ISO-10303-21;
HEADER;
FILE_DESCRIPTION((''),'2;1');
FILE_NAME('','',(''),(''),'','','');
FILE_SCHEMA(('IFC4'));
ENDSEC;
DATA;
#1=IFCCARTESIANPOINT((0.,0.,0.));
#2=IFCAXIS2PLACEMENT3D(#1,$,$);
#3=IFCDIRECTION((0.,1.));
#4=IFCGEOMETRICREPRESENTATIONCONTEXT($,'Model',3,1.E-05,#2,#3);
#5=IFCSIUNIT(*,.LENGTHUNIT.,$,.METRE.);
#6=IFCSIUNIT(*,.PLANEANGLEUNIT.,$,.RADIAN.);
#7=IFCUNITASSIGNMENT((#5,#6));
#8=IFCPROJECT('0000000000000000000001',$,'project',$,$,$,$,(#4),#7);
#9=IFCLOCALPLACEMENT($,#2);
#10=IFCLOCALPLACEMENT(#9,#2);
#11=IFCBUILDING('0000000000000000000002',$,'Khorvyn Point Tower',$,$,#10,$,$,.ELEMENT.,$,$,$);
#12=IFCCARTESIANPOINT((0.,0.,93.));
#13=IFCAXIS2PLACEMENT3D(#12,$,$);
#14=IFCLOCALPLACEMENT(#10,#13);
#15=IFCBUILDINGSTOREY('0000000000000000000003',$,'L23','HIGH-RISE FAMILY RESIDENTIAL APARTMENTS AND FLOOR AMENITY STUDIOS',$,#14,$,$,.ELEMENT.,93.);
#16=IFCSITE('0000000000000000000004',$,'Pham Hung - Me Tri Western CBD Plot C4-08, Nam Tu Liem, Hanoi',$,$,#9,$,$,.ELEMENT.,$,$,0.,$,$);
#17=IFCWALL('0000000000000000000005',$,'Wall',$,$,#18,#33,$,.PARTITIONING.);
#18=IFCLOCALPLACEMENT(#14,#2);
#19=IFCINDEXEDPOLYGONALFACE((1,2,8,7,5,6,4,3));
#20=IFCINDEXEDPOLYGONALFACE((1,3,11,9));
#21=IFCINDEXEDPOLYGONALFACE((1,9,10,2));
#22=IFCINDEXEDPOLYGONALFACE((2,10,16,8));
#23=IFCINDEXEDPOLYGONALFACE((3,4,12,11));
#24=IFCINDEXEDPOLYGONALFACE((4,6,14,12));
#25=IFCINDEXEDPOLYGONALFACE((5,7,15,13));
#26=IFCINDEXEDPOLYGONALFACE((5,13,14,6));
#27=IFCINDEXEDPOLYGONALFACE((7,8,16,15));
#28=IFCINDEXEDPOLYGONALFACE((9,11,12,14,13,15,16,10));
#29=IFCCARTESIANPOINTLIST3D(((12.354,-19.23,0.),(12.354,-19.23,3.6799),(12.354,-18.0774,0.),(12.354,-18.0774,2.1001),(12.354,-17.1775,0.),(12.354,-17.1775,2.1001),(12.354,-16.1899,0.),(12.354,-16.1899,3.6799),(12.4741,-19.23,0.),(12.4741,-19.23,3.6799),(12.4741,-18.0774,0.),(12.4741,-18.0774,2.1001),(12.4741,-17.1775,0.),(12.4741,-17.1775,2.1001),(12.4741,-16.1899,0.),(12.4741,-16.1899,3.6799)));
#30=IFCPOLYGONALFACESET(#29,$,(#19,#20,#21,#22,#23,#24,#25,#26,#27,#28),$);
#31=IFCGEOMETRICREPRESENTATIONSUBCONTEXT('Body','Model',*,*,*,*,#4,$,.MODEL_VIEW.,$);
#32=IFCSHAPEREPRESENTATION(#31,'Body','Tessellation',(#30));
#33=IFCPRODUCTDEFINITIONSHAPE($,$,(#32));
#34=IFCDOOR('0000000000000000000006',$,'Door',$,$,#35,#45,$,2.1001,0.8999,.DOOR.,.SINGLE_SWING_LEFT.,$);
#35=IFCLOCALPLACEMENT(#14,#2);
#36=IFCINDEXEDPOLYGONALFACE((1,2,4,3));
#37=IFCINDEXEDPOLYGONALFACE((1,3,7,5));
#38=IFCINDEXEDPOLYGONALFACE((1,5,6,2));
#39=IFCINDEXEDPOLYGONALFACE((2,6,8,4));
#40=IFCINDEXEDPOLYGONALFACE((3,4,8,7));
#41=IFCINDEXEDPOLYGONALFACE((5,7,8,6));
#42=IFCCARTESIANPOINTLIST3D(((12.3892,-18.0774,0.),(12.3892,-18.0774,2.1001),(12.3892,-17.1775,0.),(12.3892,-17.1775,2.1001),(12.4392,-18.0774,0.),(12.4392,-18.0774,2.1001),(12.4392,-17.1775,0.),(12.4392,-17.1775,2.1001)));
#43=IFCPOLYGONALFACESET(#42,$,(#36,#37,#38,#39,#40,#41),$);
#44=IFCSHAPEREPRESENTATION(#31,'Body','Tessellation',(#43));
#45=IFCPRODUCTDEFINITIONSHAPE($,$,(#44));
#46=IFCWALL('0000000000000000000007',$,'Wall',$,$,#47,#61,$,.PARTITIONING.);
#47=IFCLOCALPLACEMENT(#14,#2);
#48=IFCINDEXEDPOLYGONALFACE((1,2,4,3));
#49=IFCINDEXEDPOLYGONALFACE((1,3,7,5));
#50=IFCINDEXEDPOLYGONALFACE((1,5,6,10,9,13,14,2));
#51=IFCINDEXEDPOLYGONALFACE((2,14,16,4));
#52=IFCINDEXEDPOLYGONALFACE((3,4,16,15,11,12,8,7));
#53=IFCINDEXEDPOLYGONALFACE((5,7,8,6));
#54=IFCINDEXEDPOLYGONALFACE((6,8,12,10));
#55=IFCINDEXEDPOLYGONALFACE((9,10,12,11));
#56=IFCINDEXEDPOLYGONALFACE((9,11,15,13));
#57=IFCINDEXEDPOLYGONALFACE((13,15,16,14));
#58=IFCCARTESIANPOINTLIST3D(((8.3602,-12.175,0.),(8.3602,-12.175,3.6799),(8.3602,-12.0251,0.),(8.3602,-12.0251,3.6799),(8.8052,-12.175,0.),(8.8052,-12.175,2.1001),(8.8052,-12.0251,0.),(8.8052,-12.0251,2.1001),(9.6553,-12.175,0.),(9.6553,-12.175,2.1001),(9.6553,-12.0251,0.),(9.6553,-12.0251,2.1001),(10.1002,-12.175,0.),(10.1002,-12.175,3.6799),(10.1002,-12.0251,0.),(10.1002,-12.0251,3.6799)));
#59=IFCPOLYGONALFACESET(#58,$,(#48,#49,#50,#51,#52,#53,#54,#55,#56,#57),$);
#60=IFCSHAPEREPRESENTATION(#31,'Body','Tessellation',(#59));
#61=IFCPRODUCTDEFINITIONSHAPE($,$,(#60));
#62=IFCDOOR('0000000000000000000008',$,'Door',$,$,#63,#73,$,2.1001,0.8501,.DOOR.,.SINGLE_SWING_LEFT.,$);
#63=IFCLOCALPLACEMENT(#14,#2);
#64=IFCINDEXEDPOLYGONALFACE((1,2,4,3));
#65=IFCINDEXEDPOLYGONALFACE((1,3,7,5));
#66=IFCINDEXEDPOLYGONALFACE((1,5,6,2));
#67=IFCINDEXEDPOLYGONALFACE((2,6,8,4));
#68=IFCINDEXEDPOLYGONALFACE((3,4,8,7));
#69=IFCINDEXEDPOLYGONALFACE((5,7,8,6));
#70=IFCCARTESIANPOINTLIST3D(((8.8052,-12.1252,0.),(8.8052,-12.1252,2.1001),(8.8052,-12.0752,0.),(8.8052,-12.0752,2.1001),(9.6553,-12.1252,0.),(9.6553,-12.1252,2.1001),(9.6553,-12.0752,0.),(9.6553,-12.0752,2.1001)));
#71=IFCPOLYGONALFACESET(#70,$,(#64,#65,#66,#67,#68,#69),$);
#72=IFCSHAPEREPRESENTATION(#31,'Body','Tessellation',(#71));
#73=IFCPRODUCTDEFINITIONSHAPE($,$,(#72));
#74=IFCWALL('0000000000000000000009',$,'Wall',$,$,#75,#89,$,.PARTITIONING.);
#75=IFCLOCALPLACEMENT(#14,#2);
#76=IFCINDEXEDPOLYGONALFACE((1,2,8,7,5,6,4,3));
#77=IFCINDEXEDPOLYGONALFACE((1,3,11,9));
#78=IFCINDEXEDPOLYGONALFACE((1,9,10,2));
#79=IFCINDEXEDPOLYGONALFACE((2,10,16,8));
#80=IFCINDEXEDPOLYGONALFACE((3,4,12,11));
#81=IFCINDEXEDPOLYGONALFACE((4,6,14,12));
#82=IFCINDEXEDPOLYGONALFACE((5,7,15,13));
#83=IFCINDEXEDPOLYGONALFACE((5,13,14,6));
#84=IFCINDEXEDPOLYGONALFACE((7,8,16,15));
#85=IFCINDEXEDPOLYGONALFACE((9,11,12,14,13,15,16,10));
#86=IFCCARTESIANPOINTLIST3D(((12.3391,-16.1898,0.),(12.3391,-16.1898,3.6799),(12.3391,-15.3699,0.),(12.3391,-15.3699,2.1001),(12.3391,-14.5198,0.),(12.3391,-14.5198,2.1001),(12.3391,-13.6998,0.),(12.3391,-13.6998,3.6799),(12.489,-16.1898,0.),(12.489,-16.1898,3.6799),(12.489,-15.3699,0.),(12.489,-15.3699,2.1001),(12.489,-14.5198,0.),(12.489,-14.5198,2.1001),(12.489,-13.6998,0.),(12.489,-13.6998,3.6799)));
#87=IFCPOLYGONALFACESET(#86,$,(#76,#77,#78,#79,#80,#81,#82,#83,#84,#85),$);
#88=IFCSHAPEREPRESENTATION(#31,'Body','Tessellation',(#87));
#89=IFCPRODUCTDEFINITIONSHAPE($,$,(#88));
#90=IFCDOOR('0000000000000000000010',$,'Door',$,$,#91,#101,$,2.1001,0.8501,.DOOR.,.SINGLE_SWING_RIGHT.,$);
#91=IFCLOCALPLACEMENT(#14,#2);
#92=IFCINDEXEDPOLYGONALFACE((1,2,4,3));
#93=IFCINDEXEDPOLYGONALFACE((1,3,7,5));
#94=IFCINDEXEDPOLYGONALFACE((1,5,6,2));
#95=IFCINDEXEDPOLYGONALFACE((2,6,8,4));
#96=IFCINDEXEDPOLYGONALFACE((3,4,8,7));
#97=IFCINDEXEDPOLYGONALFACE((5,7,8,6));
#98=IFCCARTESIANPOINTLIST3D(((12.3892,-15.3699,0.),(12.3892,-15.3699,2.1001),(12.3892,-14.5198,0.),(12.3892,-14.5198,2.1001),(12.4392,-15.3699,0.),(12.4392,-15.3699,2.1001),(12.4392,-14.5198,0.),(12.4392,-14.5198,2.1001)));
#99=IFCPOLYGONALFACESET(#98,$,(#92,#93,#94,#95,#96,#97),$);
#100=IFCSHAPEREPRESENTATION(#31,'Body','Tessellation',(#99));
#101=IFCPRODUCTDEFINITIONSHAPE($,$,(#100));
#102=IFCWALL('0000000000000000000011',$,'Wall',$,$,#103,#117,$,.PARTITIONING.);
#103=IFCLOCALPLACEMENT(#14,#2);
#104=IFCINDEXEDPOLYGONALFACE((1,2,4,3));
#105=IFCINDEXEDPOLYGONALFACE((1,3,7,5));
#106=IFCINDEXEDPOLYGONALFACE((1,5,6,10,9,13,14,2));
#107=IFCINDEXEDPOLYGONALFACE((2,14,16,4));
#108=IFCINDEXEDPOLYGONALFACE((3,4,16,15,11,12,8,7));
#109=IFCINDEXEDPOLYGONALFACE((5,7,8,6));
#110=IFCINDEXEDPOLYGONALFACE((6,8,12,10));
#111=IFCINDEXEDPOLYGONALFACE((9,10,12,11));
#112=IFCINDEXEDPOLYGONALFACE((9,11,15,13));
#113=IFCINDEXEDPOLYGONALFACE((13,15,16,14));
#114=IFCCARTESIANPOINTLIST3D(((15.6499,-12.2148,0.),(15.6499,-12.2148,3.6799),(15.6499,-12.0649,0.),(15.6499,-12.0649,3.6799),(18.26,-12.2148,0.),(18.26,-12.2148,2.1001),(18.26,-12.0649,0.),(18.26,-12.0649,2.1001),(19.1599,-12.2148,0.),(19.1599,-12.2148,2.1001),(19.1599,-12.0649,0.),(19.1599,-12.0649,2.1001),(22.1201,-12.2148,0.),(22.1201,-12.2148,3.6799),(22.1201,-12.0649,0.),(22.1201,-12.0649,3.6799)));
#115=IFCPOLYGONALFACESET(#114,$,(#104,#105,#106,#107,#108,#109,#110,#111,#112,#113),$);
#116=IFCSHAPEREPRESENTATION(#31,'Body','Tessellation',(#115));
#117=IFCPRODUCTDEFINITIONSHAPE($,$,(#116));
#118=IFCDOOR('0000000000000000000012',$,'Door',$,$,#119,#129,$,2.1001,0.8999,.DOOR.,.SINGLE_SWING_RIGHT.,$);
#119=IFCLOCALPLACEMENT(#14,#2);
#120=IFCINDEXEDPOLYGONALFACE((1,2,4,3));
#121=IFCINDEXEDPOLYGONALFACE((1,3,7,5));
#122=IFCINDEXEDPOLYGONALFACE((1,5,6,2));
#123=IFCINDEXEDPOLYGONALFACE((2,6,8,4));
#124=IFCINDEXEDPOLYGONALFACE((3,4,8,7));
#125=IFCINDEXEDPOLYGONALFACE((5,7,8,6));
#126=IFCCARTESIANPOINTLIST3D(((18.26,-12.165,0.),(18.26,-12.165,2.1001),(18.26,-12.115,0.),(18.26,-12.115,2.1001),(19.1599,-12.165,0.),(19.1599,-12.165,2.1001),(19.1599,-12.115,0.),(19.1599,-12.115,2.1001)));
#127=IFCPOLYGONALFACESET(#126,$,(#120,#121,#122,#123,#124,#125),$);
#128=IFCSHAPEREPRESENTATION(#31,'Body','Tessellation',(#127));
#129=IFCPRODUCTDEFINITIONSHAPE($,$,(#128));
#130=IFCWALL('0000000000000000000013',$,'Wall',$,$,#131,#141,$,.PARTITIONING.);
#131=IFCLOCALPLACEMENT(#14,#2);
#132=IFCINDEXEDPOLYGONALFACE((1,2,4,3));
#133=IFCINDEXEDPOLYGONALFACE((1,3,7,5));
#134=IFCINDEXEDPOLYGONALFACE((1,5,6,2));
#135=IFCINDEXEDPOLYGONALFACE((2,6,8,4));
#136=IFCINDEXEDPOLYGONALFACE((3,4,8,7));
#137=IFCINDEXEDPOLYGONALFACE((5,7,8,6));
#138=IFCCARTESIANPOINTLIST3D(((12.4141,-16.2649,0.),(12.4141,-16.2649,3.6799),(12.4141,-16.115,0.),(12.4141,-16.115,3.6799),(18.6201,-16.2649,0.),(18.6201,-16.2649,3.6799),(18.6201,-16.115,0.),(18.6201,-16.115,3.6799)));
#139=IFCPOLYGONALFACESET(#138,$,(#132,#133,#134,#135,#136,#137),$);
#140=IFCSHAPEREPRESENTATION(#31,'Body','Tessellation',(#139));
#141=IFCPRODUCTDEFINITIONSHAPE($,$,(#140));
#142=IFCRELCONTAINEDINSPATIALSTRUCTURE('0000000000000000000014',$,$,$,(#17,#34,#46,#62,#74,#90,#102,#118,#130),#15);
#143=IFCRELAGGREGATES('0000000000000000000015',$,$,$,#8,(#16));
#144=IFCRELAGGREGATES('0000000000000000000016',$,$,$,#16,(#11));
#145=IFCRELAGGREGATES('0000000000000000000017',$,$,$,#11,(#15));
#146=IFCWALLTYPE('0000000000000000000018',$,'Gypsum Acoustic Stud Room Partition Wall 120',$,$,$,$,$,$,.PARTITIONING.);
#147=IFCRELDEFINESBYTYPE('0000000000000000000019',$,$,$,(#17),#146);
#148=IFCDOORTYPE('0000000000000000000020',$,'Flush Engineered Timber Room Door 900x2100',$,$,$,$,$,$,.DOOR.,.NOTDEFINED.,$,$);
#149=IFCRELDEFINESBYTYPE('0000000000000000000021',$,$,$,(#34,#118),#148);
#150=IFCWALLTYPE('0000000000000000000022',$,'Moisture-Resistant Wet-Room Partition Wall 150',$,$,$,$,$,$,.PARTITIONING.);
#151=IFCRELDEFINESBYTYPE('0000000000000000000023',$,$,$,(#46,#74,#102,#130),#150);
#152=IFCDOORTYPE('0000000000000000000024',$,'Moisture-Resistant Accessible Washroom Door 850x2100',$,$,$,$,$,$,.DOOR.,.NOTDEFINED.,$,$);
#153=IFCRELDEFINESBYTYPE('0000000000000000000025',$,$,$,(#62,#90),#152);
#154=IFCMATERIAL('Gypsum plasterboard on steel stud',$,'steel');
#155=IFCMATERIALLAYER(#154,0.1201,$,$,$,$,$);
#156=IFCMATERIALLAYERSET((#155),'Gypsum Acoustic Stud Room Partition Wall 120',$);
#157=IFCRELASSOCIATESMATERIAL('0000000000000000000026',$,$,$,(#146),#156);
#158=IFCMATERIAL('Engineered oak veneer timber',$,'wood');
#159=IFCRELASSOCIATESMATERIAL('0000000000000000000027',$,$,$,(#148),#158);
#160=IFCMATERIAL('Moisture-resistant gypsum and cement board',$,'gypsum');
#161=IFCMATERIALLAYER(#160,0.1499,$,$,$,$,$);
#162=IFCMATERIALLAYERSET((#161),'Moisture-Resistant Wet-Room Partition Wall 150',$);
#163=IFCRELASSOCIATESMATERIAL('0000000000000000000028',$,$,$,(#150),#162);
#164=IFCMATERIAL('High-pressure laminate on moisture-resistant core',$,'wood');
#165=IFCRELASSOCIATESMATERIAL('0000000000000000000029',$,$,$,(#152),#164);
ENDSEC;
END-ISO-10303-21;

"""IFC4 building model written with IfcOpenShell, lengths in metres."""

from ifc_helpers import new_model, si_unit, direction, frame, frame_2d, origin, place, context, subcontext, project, spatial, rectangle, extrude, material, layer, layer_set, type_object, element, fill, save


model = new_model("IFC4")

# Units and contexts
model_context = context("Model", 3, precision=1e-05, world=origin(), true_north=direction((0.0, 1.0)))
body_context = subcontext(model_context, "Body", "Model", "MODEL_VIEW")
ifc_project = project(units=[si_unit("LENGTHUNIT", "METRE"), si_unit("PLANEANGLEUNIT", "RADIAN")], contexts=[model_context])

# Site, building, storey
site_placement = place(None, origin())
site = spatial("IfcSite", under=ifc_project, at=site_placement, Name="Pham Hung - Me Tri Western CBD Plot C4-08, Nam Tu Liem, Hanoi", CompositionType="ELEMENT", RefElevation=0.0)
building_placement = place(site_placement, origin())
building = spatial("IfcBuilding", under=site, at=building_placement, Name="Khorvyn Point Tower", CompositionType="ELEMENT")
storey_placement = place(building_placement, frame((0.0, 0.0, 93.0)))
storey = spatial("IfcBuildingStorey", under=building, at=storey_placement, Name="L23", Description="HIGH-RISE FAMILY RESIDENTIAL APARTMENTS AND FLOOR AMENITY STUDIOS", CompositionType="ELEMENT", Elevation=93.0)

# Walls, openings, doors
ifc_material_1 = material(Name="Gypsum plasterboard on steel stud", Category="steel")
ifc_layer_1 = layer(ifc_material_1, 0.1201)
ifc_layer_set_1 = layer_set([ifc_layer_1], Name="Gypsum Acoustic Stud Room Partition Wall 120")
wall_type_1 = type_object("IfcWallType", Name="Gypsum Acoustic Stud Room Partition Wall 120", PredefinedType="PARTITIONING", material=ifc_layer_set_1)
wall_1_placement = place(storey_placement, frame((12.4141, -19.23, 0.0), z_axis=(0.0, 0.0, 1.0), x_axis=(0.0, 1.0, 0.0)))
wall_1 = element("IfcWall", 1, at=wall_1_placement, inside=storey, type_object=wall_type_1, Name="Wall", PredefinedType="PARTITIONING", context=body_context, shape_type="SweptSolid", body=[
    extrude(rectangle(XDim=3.04, YDim=0.1201, at=frame_2d((1.52, 0.0))), origin(), (0.0, 0.0, 1.0), 3.6799),
])
opening_1_placement = place(wall_1_placement, frame((1.1526, 0.0, 0.0)))
opening_1 = element("IfcOpeningElement", 2, at=opening_1_placement, cuts=wall_1, PredefinedType="OPENING", context=body_context, shape_type="SweptSolid", body=[
    extrude(rectangle(XDim=0.8999, YDim=2.1001, at=frame_2d((0.45, 1.05))), frame((0.0, 0.0701, 0.0), z_axis=(0.0, -1.0, 0.0), x_axis=(1.0, 0.0, 0.0)), (0.0, 0.0, 1.0), 0.1401),
])
ifc_material_2 = material(Name="Engineered oak veneer timber", Category="wood")
door_type_1 = type_object("IfcDoorType", Name="Flush Engineered Timber Room Door 900x2100", OperationType="NOTDEFINED", PredefinedType="DOOR", material=ifc_material_2)
door_1_placement = place(opening_1_placement, origin())
door_1 = element("IfcDoor", 3, at=door_1_placement, inside=storey, type_object=door_type_1, Name="Door", OperationType="SINGLE_SWING_LEFT", OverallHeight=2.1001, OverallWidth=0.8999, PredefinedType="DOOR", context=body_context, shape_type="SweptSolid", body=[
    extrude(rectangle(XDim=0.8999, YDim=2.1001, at=frame_2d((0.45, 1.05))), frame((0.0, 0.0249, 0.0), z_axis=(0.0, -1.0, 0.0), x_axis=(1.0, 0.0, 0.0)), (0.0, 0.0, 1.0), 0.05),
])
fill(opening_1, door_1)
ifc_material_3 = material(Name="Moisture-resistant gypsum and cement board", Category="gypsum")
ifc_layer_2 = layer(ifc_material_3, 0.1499)
ifc_layer_set_2 = layer_set([ifc_layer_2], Name="Moisture-Resistant Wet-Room Partition Wall 150")
wall_type_2 = type_object("IfcWallType", Name="Moisture-Resistant Wet-Room Partition Wall 150", PredefinedType="PARTITIONING", material=ifc_layer_set_2)
wall_2_placement = place(storey_placement, frame((8.3601, -12.1001, 0.0), z_axis=(0.0, 0.0, 1.0), x_axis=(1.0, 0.0, 0.0)))
wall_2 = element("IfcWall", 4, at=wall_2_placement, inside=storey, type_object=wall_type_2, Name="Wall", PredefinedType="PARTITIONING", context=body_context, shape_type="SweptSolid", body=[
    extrude(rectangle(XDim=1.74, YDim=0.1499, at=frame_2d((0.8701, 0.0))), origin(), (0.0, 0.0, 1.0), 3.6799),
])
opening_2_placement = place(wall_2_placement, frame((0.4451, 0.0, 0.0)))
opening_2 = element("IfcOpeningElement", 5, at=opening_2_placement, cuts=wall_2, PredefinedType="OPENING", context=body_context, shape_type="SweptSolid", body=[
    extrude(rectangle(XDim=0.8501, YDim=2.1001, at=frame_2d((0.425, 1.05))), frame((0.0, 0.085, 0.0), z_axis=(0.0, -1.0, 0.0), x_axis=(1.0, 0.0, 0.0)), (0.0, 0.0, 1.0), 0.1699),
])
ifc_material_4 = material(Name="High-pressure laminate on moisture-resistant core", Category="wood")
door_type_2 = type_object("IfcDoorType", Name="Moisture-Resistant Accessible Washroom Door 850x2100", OperationType="NOTDEFINED", PredefinedType="DOOR", material=ifc_material_4)
door_2_placement = place(opening_2_placement, origin())
door_2 = element("IfcDoor", 6, at=door_2_placement, inside=storey, type_object=door_type_2, Name="Door", OperationType="SINGLE_SWING_LEFT", OverallHeight=2.1001, OverallWidth=0.8501, PredefinedType="DOOR", context=body_context, shape_type="SweptSolid", body=[
    extrude(rectangle(XDim=0.8501, YDim=2.1001, at=frame_2d((0.425, 1.05))), frame((0.0, 0.0249, 0.0), z_axis=(0.0, -1.0, 0.0), x_axis=(1.0, 0.0, 0.0)), (0.0, 0.0, 1.0), 0.05),
])
fill(opening_2, door_2)
wall_3_placement = place(storey_placement, frame((12.4141, -16.1899, 0.0), z_axis=(0.0, 0.0, 1.0), x_axis=(0.0, 1.0, 0.0)))
wall_3 = element("IfcWall", 7, at=wall_3_placement, inside=storey, type_object=wall_type_2, Name="Wall", PredefinedType="PARTITIONING", context=body_context, shape_type="SweptSolid", body=[
    extrude(rectangle(XDim=2.49, YDim=0.1499, at=frame_2d((1.2451, 0.0))), origin(), (0.0, 0.0, 1.0), 3.6799),
])
opening_3_placement = place(wall_3_placement, frame((0.8201, 0.0, 0.0)))
opening_3 = element("IfcOpeningElement", 8, at=opening_3_placement, cuts=wall_3, PredefinedType="OPENING", context=body_context, shape_type="SweptSolid", body=[
    extrude(rectangle(XDim=0.8501, YDim=2.1001, at=frame_2d((0.425, 1.05))), frame((0.0, 0.085, 0.0), z_axis=(0.0, -1.0, 0.0), x_axis=(1.0, 0.0, 0.0)), (0.0, 0.0, 1.0), 0.1699),
])
door_3_placement = place(opening_3_placement, origin())
door_3 = element("IfcDoor", 9, at=door_3_placement, inside=storey, type_object=door_type_2, Name="Door", OperationType="SINGLE_SWING_RIGHT", OverallHeight=2.1001, OverallWidth=0.8501, PredefinedType="DOOR", context=body_context, shape_type="SweptSolid", body=[
    extrude(rectangle(XDim=0.8501, YDim=2.1001, at=frame_2d((0.425, 1.05))), frame((0.0, 0.0249, 0.0), z_axis=(0.0, -1.0, 0.0), x_axis=(1.0, 0.0, 0.0)), (0.0, 0.0, 1.0), 0.05),
])
fill(opening_3, door_3)
wall_4_placement = place(storey_placement, frame((15.6499, -12.1399, 0.0), z_axis=(0.0, 0.0, 1.0), x_axis=(1.0, 0.0, 0.0)))
wall_4 = element("IfcWall", 10, at=wall_4_placement, inside=storey, type_object=wall_type_2, Name="Wall", PredefinedType="PARTITIONING", context=body_context, shape_type="SweptSolid", body=[
    extrude(rectangle(XDim=6.4702, YDim=0.1499, at=frame_2d((3.2351, 0.0))), origin(), (0.0, 0.0, 1.0), 3.6799),
])
opening_4_placement = place(wall_4_placement, frame((2.6101, 0.0, 0.0)))
opening_4 = element("IfcOpeningElement", 11, at=opening_4_placement, cuts=wall_4, PredefinedType="OPENING", context=body_context, shape_type="SweptSolid", body=[
    extrude(rectangle(XDim=0.8999, YDim=2.1001, at=frame_2d((0.45, 1.05))), frame((0.0, 0.085, 0.0), z_axis=(0.0, -1.0, 0.0), x_axis=(1.0, 0.0, 0.0)), (0.0, 0.0, 1.0), 0.1699),
])
door_4_placement = place(opening_4_placement, origin())
door_4 = element("IfcDoor", 12, at=door_4_placement, inside=storey, type_object=door_type_1, Name="Door", OperationType="SINGLE_SWING_RIGHT", OverallHeight=2.1001, OverallWidth=0.8999, PredefinedType="DOOR", context=body_context, shape_type="SweptSolid", body=[
    extrude(rectangle(XDim=0.8999, YDim=2.1001, at=frame_2d((0.45, 1.05))), frame((0.0, 0.0249, 0.0), z_axis=(0.0, -1.0, 0.0), x_axis=(1.0, 0.0, 0.0)), (0.0, 0.0, 1.0), 0.05),
])
fill(opening_4, door_4)

# Wall
wall_5_placement = place(storey_placement, frame((12.4141, -16.1899, 0.0), z_axis=(0.0, 0.0, 1.0), x_axis=(1.0, 0.0, 0.0)))
element("IfcWall", 13, at=wall_5_placement, inside=storey, type_object=wall_type_2, Name="Wall", PredefinedType="PARTITIONING", context=body_context, shape_type="SweptSolid", body=[
    extrude(rectangle(XDim=6.2061, YDim=0.1499, at=frame_2d((3.103, 0.0))), origin(), (0.0, 0.0, 1.0), 3.6799),
])

save(model, "model.ifc")
